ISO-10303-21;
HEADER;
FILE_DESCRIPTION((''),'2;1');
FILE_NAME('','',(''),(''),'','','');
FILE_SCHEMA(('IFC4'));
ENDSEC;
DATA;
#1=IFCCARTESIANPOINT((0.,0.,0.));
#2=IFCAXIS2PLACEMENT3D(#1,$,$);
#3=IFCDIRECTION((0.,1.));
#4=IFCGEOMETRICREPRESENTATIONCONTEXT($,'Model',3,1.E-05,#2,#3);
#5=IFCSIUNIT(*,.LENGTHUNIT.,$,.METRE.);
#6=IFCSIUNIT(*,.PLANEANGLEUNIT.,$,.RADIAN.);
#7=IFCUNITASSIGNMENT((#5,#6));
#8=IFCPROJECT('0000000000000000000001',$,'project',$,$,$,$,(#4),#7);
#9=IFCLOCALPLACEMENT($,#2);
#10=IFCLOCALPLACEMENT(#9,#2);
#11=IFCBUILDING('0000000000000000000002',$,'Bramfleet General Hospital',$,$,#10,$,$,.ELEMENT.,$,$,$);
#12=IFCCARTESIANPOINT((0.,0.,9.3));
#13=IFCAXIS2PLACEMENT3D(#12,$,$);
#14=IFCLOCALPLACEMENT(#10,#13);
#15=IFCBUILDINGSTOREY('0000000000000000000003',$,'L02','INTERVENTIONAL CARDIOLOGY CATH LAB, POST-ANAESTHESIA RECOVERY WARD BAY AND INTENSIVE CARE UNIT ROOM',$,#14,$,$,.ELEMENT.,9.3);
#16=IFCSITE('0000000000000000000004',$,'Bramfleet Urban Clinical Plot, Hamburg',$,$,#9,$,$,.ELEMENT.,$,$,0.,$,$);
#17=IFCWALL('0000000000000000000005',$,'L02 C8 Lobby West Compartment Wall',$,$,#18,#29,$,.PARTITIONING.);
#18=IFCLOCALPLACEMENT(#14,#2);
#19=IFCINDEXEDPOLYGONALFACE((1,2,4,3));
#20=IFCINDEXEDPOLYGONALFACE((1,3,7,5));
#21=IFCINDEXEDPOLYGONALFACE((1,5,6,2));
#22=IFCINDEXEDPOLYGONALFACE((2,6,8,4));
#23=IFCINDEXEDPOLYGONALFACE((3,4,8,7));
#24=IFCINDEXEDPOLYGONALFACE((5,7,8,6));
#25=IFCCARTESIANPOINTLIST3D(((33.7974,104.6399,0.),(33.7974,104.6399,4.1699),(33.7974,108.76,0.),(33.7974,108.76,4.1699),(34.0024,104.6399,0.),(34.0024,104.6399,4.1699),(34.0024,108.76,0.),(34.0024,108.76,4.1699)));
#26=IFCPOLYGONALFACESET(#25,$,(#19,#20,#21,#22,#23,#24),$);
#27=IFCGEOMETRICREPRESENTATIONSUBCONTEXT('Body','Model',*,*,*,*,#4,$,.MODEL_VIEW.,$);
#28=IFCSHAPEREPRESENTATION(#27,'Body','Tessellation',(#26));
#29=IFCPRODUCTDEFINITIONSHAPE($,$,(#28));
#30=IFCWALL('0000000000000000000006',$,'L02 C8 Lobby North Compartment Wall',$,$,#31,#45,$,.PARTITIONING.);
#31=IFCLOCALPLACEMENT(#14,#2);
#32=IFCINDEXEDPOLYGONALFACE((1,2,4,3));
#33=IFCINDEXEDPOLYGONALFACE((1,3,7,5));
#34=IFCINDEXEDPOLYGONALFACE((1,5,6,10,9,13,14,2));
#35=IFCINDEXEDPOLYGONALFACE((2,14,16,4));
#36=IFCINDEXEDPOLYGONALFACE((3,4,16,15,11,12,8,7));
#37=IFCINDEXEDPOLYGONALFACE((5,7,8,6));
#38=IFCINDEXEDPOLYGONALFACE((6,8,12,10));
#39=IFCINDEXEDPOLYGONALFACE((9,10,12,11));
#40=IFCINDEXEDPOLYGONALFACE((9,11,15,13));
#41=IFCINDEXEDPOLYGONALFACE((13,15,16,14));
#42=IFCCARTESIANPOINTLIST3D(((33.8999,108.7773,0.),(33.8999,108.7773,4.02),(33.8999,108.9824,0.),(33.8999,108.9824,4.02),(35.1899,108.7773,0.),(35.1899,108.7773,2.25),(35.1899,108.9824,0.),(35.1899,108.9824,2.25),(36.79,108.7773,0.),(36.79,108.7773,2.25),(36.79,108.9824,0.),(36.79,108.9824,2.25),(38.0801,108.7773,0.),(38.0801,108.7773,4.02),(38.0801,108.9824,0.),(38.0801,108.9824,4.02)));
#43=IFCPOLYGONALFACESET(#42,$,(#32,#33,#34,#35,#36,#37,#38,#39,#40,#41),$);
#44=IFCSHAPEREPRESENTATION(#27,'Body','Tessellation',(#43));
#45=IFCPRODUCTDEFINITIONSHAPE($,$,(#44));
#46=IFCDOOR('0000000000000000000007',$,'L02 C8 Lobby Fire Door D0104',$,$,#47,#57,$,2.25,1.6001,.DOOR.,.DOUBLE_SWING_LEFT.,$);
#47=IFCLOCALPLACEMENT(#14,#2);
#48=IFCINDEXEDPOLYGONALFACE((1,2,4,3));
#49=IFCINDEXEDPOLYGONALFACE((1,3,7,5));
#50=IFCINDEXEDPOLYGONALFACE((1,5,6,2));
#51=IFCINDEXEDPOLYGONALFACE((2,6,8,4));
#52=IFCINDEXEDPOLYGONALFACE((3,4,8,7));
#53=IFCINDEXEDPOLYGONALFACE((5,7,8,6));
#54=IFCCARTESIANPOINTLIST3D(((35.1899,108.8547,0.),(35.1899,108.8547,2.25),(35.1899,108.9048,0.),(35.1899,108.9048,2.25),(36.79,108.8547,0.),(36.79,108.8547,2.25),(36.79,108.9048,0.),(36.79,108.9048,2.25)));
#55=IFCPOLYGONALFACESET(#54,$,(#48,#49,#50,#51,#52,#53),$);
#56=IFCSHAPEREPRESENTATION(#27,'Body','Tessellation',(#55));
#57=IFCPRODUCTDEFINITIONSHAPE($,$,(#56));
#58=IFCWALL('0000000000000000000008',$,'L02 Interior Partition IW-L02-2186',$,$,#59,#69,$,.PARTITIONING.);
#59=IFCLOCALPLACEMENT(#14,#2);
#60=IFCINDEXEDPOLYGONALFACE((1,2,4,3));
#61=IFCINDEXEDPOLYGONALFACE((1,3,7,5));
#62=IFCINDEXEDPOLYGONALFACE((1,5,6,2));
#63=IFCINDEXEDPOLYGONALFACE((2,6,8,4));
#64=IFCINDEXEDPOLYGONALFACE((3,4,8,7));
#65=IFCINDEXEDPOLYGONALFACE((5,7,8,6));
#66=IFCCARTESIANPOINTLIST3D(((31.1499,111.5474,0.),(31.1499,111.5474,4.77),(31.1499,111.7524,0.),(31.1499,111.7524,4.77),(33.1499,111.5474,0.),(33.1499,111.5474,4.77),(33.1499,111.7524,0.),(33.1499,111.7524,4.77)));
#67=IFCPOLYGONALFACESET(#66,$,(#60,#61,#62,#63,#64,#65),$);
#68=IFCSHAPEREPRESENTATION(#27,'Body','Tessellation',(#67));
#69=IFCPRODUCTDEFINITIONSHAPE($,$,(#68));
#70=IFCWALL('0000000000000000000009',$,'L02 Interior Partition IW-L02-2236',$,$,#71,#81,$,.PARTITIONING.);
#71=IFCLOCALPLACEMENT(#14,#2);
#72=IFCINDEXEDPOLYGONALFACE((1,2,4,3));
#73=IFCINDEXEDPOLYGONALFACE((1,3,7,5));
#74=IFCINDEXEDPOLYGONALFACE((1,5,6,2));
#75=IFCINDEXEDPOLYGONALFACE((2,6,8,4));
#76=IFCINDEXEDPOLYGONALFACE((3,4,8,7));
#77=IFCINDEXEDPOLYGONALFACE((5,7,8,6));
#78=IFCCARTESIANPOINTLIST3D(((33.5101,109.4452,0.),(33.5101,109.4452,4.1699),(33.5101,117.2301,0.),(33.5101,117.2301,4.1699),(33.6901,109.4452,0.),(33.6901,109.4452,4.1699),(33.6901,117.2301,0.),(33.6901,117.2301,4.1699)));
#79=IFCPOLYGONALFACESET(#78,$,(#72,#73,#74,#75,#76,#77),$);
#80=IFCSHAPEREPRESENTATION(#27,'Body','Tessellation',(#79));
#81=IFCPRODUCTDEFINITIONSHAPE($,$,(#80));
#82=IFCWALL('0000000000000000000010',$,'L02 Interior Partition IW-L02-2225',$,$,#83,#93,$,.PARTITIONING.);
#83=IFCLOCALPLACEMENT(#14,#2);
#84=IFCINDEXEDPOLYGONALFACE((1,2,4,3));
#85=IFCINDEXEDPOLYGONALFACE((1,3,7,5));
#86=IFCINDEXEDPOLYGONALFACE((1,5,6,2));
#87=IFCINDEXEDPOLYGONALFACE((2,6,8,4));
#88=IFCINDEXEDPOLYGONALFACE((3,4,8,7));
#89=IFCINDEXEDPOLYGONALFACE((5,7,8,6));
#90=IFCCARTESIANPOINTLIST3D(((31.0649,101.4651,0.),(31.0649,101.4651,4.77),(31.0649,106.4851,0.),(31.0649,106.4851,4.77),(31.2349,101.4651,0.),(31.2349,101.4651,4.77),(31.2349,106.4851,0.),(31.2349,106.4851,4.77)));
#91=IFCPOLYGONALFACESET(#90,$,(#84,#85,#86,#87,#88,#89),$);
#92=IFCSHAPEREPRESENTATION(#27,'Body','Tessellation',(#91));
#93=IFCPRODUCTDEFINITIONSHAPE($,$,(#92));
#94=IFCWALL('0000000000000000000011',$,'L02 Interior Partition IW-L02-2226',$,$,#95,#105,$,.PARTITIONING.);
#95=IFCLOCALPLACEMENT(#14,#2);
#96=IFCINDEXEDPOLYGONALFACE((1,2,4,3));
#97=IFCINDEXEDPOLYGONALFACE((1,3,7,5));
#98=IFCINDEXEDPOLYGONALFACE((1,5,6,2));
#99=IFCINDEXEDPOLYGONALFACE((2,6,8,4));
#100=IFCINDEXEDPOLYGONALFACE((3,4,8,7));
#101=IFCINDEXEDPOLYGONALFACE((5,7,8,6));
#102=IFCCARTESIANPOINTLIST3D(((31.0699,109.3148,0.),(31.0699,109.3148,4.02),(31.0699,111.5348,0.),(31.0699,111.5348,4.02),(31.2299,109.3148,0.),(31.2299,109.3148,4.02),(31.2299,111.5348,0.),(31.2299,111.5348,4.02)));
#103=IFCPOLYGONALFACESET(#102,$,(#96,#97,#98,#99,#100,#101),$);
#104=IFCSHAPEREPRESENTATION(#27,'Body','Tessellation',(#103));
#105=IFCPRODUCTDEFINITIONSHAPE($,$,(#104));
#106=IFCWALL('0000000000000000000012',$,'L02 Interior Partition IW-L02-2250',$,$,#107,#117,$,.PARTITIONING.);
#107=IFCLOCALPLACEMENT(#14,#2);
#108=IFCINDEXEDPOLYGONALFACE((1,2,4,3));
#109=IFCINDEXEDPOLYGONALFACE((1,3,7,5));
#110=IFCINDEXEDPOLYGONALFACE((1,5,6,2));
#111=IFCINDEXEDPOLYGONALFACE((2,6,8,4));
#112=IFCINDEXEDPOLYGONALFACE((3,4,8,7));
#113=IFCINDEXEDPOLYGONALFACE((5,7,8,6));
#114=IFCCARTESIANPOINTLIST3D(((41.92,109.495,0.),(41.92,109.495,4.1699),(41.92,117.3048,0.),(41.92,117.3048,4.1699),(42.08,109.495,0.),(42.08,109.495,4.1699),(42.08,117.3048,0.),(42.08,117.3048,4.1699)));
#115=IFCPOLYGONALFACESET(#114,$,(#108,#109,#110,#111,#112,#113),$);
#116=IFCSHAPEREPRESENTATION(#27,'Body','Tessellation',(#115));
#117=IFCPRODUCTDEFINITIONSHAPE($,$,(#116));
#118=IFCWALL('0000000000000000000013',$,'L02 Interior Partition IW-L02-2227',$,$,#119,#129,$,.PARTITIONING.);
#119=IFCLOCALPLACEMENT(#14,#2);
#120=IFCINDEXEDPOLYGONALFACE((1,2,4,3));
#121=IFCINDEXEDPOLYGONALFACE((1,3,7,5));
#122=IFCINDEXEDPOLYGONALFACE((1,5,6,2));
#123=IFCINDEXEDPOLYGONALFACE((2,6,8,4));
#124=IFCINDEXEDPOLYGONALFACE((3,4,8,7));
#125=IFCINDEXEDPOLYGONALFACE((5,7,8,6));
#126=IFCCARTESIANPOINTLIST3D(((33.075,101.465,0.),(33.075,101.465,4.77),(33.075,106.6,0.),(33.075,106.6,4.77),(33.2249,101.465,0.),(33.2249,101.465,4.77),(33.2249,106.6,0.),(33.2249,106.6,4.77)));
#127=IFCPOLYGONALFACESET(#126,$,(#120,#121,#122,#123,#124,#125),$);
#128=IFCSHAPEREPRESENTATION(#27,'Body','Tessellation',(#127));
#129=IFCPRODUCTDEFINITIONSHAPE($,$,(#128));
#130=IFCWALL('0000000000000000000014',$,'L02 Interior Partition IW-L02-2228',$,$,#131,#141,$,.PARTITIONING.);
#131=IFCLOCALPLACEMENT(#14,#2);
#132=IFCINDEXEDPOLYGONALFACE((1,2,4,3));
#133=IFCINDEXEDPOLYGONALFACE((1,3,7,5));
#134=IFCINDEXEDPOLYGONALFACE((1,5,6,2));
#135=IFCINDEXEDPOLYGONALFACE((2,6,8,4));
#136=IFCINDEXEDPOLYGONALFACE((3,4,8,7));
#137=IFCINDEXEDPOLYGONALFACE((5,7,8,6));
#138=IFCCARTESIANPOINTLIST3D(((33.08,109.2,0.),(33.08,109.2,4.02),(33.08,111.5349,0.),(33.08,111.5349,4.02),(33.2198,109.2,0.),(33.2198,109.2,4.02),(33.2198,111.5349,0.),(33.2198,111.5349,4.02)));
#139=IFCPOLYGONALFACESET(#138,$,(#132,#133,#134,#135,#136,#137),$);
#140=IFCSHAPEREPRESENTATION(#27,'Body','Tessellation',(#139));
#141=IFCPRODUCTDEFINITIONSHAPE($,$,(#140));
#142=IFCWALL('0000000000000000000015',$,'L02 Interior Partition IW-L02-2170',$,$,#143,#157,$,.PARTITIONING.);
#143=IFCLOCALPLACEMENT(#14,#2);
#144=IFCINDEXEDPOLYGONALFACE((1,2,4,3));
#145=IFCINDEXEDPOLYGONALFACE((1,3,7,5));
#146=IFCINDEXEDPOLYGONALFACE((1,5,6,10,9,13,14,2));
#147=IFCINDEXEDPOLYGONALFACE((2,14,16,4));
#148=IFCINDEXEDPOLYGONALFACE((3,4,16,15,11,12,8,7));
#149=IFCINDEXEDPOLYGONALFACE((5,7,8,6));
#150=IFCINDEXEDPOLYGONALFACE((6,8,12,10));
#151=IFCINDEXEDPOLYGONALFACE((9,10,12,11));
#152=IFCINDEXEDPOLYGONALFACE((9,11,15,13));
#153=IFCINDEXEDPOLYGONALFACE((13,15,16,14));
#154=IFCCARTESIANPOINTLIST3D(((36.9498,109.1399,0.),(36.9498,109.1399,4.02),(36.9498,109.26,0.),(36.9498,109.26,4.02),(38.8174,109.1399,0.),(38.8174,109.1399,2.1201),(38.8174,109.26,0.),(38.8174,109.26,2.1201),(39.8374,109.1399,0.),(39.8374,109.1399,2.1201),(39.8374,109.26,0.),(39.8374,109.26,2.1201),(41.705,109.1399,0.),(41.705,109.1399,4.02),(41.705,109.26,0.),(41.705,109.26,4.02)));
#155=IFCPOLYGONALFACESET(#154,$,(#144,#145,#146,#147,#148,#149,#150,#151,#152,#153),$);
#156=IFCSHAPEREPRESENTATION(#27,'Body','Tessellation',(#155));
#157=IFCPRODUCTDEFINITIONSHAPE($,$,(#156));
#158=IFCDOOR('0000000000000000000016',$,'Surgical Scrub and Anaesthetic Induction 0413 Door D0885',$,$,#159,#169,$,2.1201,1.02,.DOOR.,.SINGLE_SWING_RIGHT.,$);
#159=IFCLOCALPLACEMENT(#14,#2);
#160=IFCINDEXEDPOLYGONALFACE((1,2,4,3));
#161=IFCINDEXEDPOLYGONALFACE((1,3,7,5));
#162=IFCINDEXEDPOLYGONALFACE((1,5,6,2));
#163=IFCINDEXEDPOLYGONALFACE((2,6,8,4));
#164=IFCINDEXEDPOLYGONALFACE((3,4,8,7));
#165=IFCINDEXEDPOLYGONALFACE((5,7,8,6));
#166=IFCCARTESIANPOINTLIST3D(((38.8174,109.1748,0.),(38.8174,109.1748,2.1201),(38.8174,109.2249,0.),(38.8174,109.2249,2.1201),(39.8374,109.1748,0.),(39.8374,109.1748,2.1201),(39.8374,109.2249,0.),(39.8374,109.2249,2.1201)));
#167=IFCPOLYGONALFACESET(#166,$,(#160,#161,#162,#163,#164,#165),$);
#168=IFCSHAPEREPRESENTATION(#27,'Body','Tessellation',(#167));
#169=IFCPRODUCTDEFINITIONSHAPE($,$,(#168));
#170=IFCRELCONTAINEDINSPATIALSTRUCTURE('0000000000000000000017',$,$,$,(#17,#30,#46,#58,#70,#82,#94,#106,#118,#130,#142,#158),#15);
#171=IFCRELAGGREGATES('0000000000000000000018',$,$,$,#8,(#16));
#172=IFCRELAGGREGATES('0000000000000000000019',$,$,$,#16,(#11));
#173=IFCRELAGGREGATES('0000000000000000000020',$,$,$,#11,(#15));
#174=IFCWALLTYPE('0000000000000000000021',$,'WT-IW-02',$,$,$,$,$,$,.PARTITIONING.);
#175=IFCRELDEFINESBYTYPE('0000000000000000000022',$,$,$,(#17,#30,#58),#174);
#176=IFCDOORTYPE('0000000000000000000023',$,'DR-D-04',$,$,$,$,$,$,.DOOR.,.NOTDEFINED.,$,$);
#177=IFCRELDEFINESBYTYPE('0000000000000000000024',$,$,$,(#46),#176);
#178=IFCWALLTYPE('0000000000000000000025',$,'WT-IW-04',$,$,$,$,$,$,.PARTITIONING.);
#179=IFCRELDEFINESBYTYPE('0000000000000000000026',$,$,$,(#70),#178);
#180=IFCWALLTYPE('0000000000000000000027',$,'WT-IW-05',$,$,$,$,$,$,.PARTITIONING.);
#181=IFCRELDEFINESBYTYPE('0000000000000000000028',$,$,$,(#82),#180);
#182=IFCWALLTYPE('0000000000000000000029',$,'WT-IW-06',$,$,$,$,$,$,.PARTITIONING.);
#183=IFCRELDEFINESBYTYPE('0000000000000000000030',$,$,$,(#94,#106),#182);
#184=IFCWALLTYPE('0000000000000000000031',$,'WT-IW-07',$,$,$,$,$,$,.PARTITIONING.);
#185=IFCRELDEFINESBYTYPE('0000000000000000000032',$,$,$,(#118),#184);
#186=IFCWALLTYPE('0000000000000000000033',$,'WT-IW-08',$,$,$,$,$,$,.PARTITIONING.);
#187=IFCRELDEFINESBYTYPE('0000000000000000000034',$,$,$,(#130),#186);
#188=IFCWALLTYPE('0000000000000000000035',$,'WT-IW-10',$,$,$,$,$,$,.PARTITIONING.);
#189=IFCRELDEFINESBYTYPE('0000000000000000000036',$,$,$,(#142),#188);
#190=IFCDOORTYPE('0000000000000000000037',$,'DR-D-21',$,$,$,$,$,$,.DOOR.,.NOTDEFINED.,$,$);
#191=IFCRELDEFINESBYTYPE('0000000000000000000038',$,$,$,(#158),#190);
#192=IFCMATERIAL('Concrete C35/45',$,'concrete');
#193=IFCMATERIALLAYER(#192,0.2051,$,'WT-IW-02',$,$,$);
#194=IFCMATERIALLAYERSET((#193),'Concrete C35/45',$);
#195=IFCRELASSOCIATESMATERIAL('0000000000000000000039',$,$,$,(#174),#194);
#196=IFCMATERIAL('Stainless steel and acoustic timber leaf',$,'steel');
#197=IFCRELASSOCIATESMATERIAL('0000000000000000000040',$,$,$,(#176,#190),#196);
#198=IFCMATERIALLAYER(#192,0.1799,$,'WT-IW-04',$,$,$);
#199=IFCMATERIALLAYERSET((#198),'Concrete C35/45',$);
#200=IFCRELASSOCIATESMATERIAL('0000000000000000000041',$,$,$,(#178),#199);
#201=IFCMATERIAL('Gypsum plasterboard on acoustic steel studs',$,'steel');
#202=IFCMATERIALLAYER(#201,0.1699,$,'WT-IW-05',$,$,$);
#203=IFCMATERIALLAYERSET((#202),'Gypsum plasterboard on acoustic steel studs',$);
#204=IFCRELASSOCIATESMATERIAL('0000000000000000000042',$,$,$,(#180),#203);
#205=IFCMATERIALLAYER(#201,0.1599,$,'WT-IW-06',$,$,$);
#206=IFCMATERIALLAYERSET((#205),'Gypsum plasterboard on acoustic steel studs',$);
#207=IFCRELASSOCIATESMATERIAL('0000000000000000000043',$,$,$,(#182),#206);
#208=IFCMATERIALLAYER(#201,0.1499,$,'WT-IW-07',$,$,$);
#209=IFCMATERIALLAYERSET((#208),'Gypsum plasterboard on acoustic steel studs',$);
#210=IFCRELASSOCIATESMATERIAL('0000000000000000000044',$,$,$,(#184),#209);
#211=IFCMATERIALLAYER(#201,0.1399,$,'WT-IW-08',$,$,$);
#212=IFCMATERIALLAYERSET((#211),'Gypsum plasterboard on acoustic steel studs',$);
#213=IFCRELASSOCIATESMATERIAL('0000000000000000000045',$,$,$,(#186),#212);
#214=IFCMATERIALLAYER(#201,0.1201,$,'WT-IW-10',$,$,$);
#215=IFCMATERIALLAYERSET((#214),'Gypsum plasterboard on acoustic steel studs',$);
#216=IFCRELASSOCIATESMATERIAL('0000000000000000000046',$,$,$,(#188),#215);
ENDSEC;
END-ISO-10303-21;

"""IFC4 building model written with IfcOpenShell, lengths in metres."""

from ifc_helpers import new_model, si_unit, direction, frame, frame_2d, origin, place, context, subcontext, project, spatial, rectangle, extrude, material, layer, layer_set, type_object, element, fill, save


model = new_model("IFC4")

# Units and contexts
model_context = context("Model", 3, precision=1e-05, world=origin(), true_north=direction((0.0, 1.0)))
body_context = subcontext(model_context, "Body", "Model", "MODEL_VIEW")
ifc_project = project(units=[si_unit("LENGTHUNIT", "METRE"), si_unit("PLANEANGLEUNIT", "RADIAN")], contexts=[model_context])

# Site, building, storey
site_placement = place(None, origin())
site = spatial("IfcSite", under=ifc_project, at=site_placement, Name="Bramfleet Urban Clinical Plot, Hamburg", CompositionType="ELEMENT", RefElevation=0.0)
building_placement = place(site_placement, origin())
building = spatial("IfcBuilding", under=site, at=building_placement, Name="Bramfleet General Hospital", CompositionType="ELEMENT")
storey_placement = place(building_placement, frame((0.0, 0.0, 9.3)))
storey = spatial("IfcBuildingStorey", under=building, at=storey_placement, Name="L02", Description="INTERVENTIONAL CARDIOLOGY CATH LAB, POST-ANAESTHESIA RECOVERY WARD BAY AND INTENSIVE CARE UNIT ROOM", CompositionType="ELEMENT", Elevation=9.3)

# Shared definitions
ifc_material_1 = material(Name="Concrete C35/45", Category="concrete")

# Wall
ifc_layer_1 = layer(ifc_material_1, 0.2051, Name="WT-IW-02")
ifc_layer_set_1 = layer_set([ifc_layer_1], Name="Concrete C35/45")
wall_type_1 = type_object("IfcWallType", Name="WT-IW-02", PredefinedType="PARTITIONING", material=ifc_layer_set_1)
wall_1_placement = place(storey_placement, frame((33.8999, 104.6399, 0.0), z_axis=(0.0, 0.0, 1.0), x_axis=(0.0, 1.0, 0.0)))
element("IfcWall", 1, at=wall_1_placement, inside=storey, type_object=wall_type_1, Name="L02 C8 Lobby West Compartment Wall", PredefinedType="PARTITIONING", context=body_context, shape_type="SweptSolid", body=[
    extrude(rectangle(XDim=4.1201, YDim=0.2051, at=frame_2d((2.0601, 0.0))), origin(), (0.0, 0.0, 1.0), 4.1699),
])

# Wall, opening, door
wall_2_placement = place(storey_placement, frame((33.8999, 108.8799, 0.0), z_axis=(0.0, 0.0, 1.0), x_axis=(1.0, 0.0, 0.0)))
wall_2 = element("IfcWall", 2, at=wall_2_placement, inside=storey, type_object=wall_type_1, Name="L02 C8 Lobby North Compartment Wall", PredefinedType="PARTITIONING", context=body_context, shape_type="SweptSolid", body=[
    extrude(rectangle(XDim=4.1802, YDim=0.2051, at=frame_2d((2.0901, 0.0))), origin(), (0.0, 0.0, 1.0), 4.02),
])
opening_1_placement = place(wall_2_placement, frame((1.29, 0.0, 0.0)))
opening_1 = element("IfcOpeningElement", 3, at=opening_1_placement, cuts=wall_2, PredefinedType="OPENING", context=body_context, shape_type="SweptSolid", body=[
    extrude(rectangle(XDim=1.6001, YDim=2.25, at=frame_2d((0.8, 1.125))), frame((0.0, 0.1125, 0.0), z_axis=(0.0, -1.0, 0.0), x_axis=(1.0, 0.0, 0.0)), (0.0, 0.0, 1.0), 0.2251),
])
ifc_material_2 = material(Name="Stainless steel and acoustic timber leaf", Category="steel")
door_type_1 = type_object("IfcDoorType", Name="DR-D-04", OperationType="NOTDEFINED", PredefinedType="DOOR", material=ifc_material_2)
door_1_placement = place(opening_1_placement, origin())
door_1 = element("IfcDoor", 4, at=door_1_placement, inside=storey, type_object=door_type_1, Name="L02 C8 Lobby Fire Door D0104", OperationType="DOUBLE_SWING_LEFT", OverallHeight=2.25, OverallWidth=1.6001, PredefinedType="DOOR", context=body_context, shape_type="SweptSolid", body=[
    extrude(rectangle(XDim=1.6001, YDim=2.25, at=frame_2d((0.8, 1.125))), frame((0.0, 0.0249, 0.0), z_axis=(0.0, -1.0, 0.0), x_axis=(1.0, 0.0, 0.0)), (0.0, 0.0, 1.0), 0.05),
])
fill(opening_1, door_1)

# Walls
wall_3_placement = place(storey_placement, frame((31.1499, 111.6499, 0.0), z_axis=(0.0, 0.0, 1.0), x_axis=(1.0, 0.0, 0.0)))
element("IfcWall", 5, at=wall_3_placement, inside=storey, type_object=wall_type_1, Name="L02 Interior Partition IW-L02-2186", PredefinedType="PARTITIONING", context=body_context, shape_type="SweptSolid", body=[
    extrude(rectangle(XDim=2.0, YDim=0.2051, at=frame_2d((1.0, 0.0))), origin(), (0.0, 0.0, 1.0), 4.77),
])
ifc_layer_2 = layer(ifc_material_1, 0.1799, Name="WT-IW-04")
ifc_layer_set_2 = layer_set([ifc_layer_2], Name="Concrete C35/45")
wall_type_2 = type_object("IfcWallType", Name="WT-IW-04", PredefinedType="PARTITIONING", material=ifc_layer_set_2)
wall_4_placement = place(storey_placement, frame((33.6001, 109.4451, 0.0), z_axis=(0.0, 0.0, 1.0), x_axis=(0.0, 1.0, 0.0)))
element("IfcWall", 6, at=wall_4_placement, inside=storey, type_object=wall_type_2, Name="L02 Interior Partition IW-L02-2236", PredefinedType="PARTITIONING", context=body_context, shape_type="SweptSolid", body=[
    extrude(rectangle(XDim=7.7849, YDim=0.1799, at=frame_2d((3.8926, 0.0))), origin(), (0.0, 0.0, 1.0), 4.1699),
])
ifc_material_3 = material(Name="Gypsum plasterboard on acoustic steel studs", Category="steel")
ifc_layer_3 = layer(ifc_material_3, 0.1699, Name="WT-IW-05")
ifc_layer_set_3 = layer_set([ifc_layer_3], Name="Gypsum plasterboard on acoustic steel studs")
wall_type_3 = type_object("IfcWallType", Name="WT-IW-05", PredefinedType="PARTITIONING", material=ifc_layer_set_3)
wall_5_placement = place(storey_placement, frame((31.1499, 101.4651, 0.0), z_axis=(0.0, 0.0, 1.0), x_axis=(0.0, 1.0, 0.0)))
element("IfcWall", 7, at=wall_5_placement, inside=storey, type_object=wall_type_3, Name="L02 Interior Partition IW-L02-2225", PredefinedType="PARTITIONING", context=body_context, shape_type="SweptSolid", body=[
    extrude(rectangle(XDim=5.02, YDim=0.1699, at=frame_2d((2.51, 0.0))), origin(), (0.0, 0.0, 1.0), 4.77),
])
ifc_layer_4 = layer(ifc_material_3, 0.1599, Name="WT-IW-06")
ifc_layer_set_4 = layer_set([ifc_layer_4], Name="Gypsum plasterboard on acoustic steel studs")
wall_type_4 = type_object("IfcWallType", Name="WT-IW-06", PredefinedType="PARTITIONING", material=ifc_layer_set_4)
wall_6_placement = place(storey_placement, frame((31.1499, 109.3149, 0.0), z_axis=(0.0, 0.0, 1.0), x_axis=(0.0, 1.0, 0.0)))
element("IfcWall", 8, at=wall_6_placement, inside=storey, type_object=wall_type_4, Name="L02 Interior Partition IW-L02-2226", PredefinedType="PARTITIONING", context=body_context, shape_type="SweptSolid", body=[
    extrude(rectangle(XDim=2.22, YDim=0.1599, at=frame_2d((1.1099, 0.0))), origin(), (0.0, 0.0, 1.0), 4.02),
])
wall_7_placement = place(storey_placement, frame((42.0, 109.4951, 0.0), z_axis=(0.0, 0.0, 1.0), x_axis=(0.0, 1.0, 0.0)))
element("IfcWall", 9, at=wall_7_placement, inside=storey, type_object=wall_type_4, Name="L02 Interior Partition IW-L02-2250", PredefinedType="PARTITIONING", context=body_context, shape_type="SweptSolid", body=[
    extrude(rectangle(XDim=7.8098, YDim=0.1599, at=frame_2d((3.9048, 0.0))), origin(), (0.0, 0.0, 1.0), 4.1699),
])
ifc_layer_5 = layer(ifc_material_3, 0.1499, Name="WT-IW-07")
ifc_layer_set_5 = layer_set([ifc_layer_5], Name="Gypsum plasterboard on acoustic steel studs")
wall_type_5 = type_object("IfcWallType", Name="WT-IW-07", PredefinedType="PARTITIONING", material=ifc_layer_set_5)
wall_8_placement = place(storey_placement, frame((33.1499, 101.4651, 0.0), z_axis=(0.0, 0.0, 1.0), x_axis=(0.0, 1.0, 0.0)))
element("IfcWall", 10, at=wall_8_placement, inside=storey, type_object=wall_type_5, Name="L02 Interior Partition IW-L02-2227", PredefinedType="PARTITIONING", context=body_context, shape_type="SweptSolid", body=[
    extrude(rectangle(XDim=5.135, YDim=0.1499, at=frame_2d((2.5674, 0.0))), origin(), (0.0, 0.0, 1.0), 4.77),
])
ifc_layer_6 = layer(ifc_material_3, 0.1399, Name="WT-IW-08")
ifc_layer_set_6 = layer_set([ifc_layer_6], Name="Gypsum plasterboard on acoustic steel studs")
wall_type_6 = type_object("IfcWallType", Name="WT-IW-08", PredefinedType="PARTITIONING", material=ifc_layer_set_6)
wall_9_placement = place(storey_placement, frame((33.1499, 109.2, 0.0), z_axis=(0.0, 0.0, 1.0), x_axis=(0.0, 1.0, 0.0)))
element("IfcWall", 11, at=wall_9_placement, inside=storey, type_object=wall_type_6, Name="L02 Interior Partition IW-L02-2228", PredefinedType="PARTITIONING", context=body_context, shape_type="SweptSolid", body=[
    extrude(rectangle(XDim=2.335, YDim=0.1399, at=frame_2d((1.1675, 0.0))), origin(), (0.0, 0.0, 1.0), 4.02),
])

# Wall, opening, door
ifc_layer_7 = layer(ifc_material_3, 0.1201, Name="WT-IW-10")
ifc_layer_set_7 = layer_set([ifc_layer_7], Name="Gypsum plasterboard on acoustic steel studs")
wall_type_7 = type_object("IfcWallType", Name="WT-IW-10", PredefinedType="PARTITIONING", material=ifc_layer_set_7)
wall_10_placement = place(storey_placement, frame((36.95, 109.2, 0.0), z_axis=(0.0, 0.0, 1.0), x_axis=(1.0, 0.0, 0.0)))
wall_10 = element("IfcWall", 12, at=wall_10_placement, inside=storey, type_object=wall_type_7, Name="L02 Interior Partition IW-L02-2170", PredefinedType="PARTITIONING", context=body_context, shape_type="SweptSolid", body=[
    extrude(rectangle(XDim=4.7551, YDim=0.1201, at=frame_2d((2.3774, 0.0))), origin(), (0.0, 0.0, 1.0), 4.02),
])
opening_2_placement = place(wall_10_placement, frame((1.8674, 0.0, 0.0)))
opening_2 = element("IfcOpeningElement", 13, at=opening_2_placement, cuts=wall_10, PredefinedType="OPENING", context=body_context, shape_type="SweptSolid", body=[
    extrude(rectangle(XDim=1.02, YDim=2.1201, at=frame_2d((0.51, 1.0601))), frame((0.0, 0.0701, 0.0), z_axis=(0.0, -1.0, 0.0), x_axis=(1.0, 0.0, 0.0)), (0.0, 0.0, 1.0), 0.1401),
])
door_type_2 = type_object("IfcDoorType", Name="DR-D-21", OperationType="NOTDEFINED", PredefinedType="DOOR", material=ifc_material_2)
door_2_placement = place(opening_2_placement, origin())
door_2 = element("IfcDoor", 14, at=door_2_placement, inside=storey, type_object=door_type_2, Name="Surgical Scrub and Anaesthetic Induction 0413 Door D0885", OperationType="SINGLE_SWING_RIGHT", OverallHeight=2.1201, OverallWidth=1.02, PredefinedType="DOOR", context=body_context, shape_type="SweptSolid", body=[
    extrude(rectangle(XDim=1.02, YDim=2.1201, at=frame_2d((0.51, 1.0601))), frame((0.0, 0.0249, 0.0), z_axis=(0.0, -1.0, 0.0), x_axis=(1.0, 0.0, 0.0)), (0.0, 0.0, 1.0), 0.05),
])
fill(opening_2, door_2)

save(model, "model.ifc")
